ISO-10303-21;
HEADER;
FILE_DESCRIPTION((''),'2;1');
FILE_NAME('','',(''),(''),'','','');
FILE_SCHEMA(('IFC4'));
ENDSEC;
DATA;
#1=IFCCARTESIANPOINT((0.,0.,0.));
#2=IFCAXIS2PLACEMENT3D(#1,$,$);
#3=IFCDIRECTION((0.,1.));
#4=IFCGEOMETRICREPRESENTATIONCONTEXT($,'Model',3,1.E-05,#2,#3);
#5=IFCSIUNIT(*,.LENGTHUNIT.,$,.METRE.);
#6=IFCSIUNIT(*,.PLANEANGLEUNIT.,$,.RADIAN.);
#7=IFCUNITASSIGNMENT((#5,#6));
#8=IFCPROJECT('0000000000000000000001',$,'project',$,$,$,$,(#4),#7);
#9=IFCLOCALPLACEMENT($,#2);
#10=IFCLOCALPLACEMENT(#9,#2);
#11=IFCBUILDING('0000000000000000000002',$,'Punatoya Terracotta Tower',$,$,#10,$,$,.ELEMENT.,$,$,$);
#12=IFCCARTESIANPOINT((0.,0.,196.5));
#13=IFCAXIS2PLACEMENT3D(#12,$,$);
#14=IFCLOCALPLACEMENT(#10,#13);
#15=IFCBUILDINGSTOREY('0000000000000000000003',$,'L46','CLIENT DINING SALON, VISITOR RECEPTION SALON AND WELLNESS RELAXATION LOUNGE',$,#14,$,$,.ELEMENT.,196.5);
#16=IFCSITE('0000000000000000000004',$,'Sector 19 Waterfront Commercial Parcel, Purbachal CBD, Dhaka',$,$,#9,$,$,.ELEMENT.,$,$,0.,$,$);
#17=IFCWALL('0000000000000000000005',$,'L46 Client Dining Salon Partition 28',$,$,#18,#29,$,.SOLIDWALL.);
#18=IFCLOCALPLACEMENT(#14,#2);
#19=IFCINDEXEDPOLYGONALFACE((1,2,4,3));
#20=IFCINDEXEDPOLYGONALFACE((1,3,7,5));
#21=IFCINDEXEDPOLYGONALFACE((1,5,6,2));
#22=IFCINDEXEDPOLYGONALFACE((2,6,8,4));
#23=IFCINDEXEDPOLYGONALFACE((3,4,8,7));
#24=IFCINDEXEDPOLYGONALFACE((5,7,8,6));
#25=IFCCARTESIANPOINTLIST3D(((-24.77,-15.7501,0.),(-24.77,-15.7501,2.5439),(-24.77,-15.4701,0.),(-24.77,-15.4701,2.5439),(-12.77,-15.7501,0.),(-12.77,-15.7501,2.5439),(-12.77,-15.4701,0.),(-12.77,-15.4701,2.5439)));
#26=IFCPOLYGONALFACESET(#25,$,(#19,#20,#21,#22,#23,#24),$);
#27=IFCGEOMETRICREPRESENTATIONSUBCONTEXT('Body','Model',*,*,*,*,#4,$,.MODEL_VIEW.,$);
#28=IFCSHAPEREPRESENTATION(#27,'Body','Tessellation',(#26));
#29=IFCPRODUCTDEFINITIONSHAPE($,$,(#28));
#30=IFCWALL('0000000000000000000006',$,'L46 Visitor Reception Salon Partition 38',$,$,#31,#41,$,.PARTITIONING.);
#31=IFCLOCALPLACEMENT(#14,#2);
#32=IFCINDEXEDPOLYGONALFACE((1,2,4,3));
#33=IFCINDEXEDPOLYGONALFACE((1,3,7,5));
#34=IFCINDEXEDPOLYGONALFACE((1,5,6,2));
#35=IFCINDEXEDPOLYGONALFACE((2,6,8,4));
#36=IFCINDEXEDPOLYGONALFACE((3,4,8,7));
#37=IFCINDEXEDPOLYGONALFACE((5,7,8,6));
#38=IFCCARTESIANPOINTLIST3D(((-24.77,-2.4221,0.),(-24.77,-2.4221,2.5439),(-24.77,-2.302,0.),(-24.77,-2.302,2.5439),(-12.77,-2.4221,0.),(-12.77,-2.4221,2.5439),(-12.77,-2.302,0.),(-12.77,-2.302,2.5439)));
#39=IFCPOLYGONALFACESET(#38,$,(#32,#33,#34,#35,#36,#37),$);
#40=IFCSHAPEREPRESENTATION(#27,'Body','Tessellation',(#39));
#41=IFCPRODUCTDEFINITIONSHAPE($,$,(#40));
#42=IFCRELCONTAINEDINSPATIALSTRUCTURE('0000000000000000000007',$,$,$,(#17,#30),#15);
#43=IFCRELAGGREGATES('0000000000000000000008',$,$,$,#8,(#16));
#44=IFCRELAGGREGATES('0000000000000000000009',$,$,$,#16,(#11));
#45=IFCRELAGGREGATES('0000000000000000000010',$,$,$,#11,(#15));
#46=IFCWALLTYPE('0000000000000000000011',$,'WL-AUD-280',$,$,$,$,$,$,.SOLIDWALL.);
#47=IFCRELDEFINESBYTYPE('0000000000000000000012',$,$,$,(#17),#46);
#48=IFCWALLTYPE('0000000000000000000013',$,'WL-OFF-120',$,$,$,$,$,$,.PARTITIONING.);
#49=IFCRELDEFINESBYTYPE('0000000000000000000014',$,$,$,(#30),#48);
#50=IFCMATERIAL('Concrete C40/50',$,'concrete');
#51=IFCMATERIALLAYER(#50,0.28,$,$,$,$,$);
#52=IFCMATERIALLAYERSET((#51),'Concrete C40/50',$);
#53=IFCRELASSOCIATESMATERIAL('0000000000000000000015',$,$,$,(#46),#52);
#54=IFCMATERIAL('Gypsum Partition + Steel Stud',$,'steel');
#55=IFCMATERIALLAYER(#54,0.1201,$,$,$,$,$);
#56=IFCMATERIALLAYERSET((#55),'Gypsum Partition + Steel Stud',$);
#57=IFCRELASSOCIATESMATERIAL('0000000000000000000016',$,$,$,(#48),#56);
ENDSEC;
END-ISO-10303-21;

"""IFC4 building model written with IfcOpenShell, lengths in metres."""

from ifc_helpers import new_model, si_unit, direction, frame, frame_2d, origin, place, context, subcontext, project, spatial, rectangle, extrude, material, layer, layer_set, type_object, element, save


model = new_model("IFC4")

# Units and contexts
model_context = context("Model", 3, precision=1e-05, world=origin(), true_north=direction((0.0, 1.0)))
body_context = subcontext(model_context, "Body", "Model", "MODEL_VIEW")
ifc_project = project(units=[si_unit("LENGTHUNIT", "METRE"), si_unit("PLANEANGLEUNIT", "RADIAN")], contexts=[model_context])

# Site, building, storey
site_placement = place(None, origin())
site = spatial("IfcSite", under=ifc_project, at=site_placement, Name="Sector 19 Waterfront Commercial Parcel, Purbachal CBD, Dhaka", CompositionType="ELEMENT", RefElevation=0.0)
building_placement = place(site_placement, origin())
building = spatial("IfcBuilding", under=site, at=building_placement, Name="Punatoya Terracotta Tower", CompositionType="ELEMENT")
storey_placement = place(building_placement, frame((0.0, 0.0, 196.5)))
storey = spatial("IfcBuildingStorey", under=building, at=storey_placement, Name="L46", Description="CLIENT DINING SALON, VISITOR RECEPTION SALON AND WELLNESS RELAXATION LOUNGE", CompositionType="ELEMENT", Elevation=196.5)

# Walls
ifc_material_1 = material(Name="Concrete C40/50", Category="concrete")
ifc_layer_1 = layer(ifc_material_1, 0.28)
ifc_layer_set_1 = layer_set([ifc_layer_1], Name="Concrete C40/50")
wall_type_1 = type_object("IfcWallType", Name="WL-AUD-280", PredefinedType="SOLIDWALL", material=ifc_layer_set_1)
wall_1_placement = place(storey_placement, frame((-24.77, -15.6101, 0.0), z_axis=(0.0, 0.0, 1.0), x_axis=(1.0, 0.0, 0.0)))
element("IfcWall", 1, at=wall_1_placement, inside=storey, type_object=wall_type_1, Name="L46 Client Dining Salon Partition 28", PredefinedType="SOLIDWALL", context=body_context, shape_type="SweptSolid", body=[
    extrude(rectangle(XDim=12.0, YDim=0.28, at=frame_2d((6.0, 0.0))), origin(), (0.0, 0.0, 1.0), 2.5439),
])
ifc_material_2 = material(Name="Gypsum Partition + Steel Stud", Category="steel")
ifc_layer_2 = layer(ifc_material_2, 0.1201)
ifc_layer_set_2 = layer_set([ifc_layer_2], Name="Gypsum Partition + Steel Stud")
wall_type_2 = type_object("IfcWallType", Name="WL-OFF-120", PredefinedType="PARTITIONING", material=ifc_layer_set_2)
wall_2_placement = place(storey_placement, frame((-24.77, -2.3621, 0.0), z_axis=(0.0, 0.0, 1.0), x_axis=(1.0, 0.0, 0.0)))
element("IfcWall", 2, at=wall_2_placement, inside=storey, type_object=wall_type_2, Name="L46 Visitor Reception Salon Partition 38", PredefinedType="PARTITIONING", context=body_context, shape_type="SweptSolid", body=[
    extrude(rectangle(XDim=12.0, YDim=0.1201, at=frame_2d((6.0, 0.0))), origin(), (0.0, 0.0, 1.0), 2.5439),
])

save(model, "model.ifc")
